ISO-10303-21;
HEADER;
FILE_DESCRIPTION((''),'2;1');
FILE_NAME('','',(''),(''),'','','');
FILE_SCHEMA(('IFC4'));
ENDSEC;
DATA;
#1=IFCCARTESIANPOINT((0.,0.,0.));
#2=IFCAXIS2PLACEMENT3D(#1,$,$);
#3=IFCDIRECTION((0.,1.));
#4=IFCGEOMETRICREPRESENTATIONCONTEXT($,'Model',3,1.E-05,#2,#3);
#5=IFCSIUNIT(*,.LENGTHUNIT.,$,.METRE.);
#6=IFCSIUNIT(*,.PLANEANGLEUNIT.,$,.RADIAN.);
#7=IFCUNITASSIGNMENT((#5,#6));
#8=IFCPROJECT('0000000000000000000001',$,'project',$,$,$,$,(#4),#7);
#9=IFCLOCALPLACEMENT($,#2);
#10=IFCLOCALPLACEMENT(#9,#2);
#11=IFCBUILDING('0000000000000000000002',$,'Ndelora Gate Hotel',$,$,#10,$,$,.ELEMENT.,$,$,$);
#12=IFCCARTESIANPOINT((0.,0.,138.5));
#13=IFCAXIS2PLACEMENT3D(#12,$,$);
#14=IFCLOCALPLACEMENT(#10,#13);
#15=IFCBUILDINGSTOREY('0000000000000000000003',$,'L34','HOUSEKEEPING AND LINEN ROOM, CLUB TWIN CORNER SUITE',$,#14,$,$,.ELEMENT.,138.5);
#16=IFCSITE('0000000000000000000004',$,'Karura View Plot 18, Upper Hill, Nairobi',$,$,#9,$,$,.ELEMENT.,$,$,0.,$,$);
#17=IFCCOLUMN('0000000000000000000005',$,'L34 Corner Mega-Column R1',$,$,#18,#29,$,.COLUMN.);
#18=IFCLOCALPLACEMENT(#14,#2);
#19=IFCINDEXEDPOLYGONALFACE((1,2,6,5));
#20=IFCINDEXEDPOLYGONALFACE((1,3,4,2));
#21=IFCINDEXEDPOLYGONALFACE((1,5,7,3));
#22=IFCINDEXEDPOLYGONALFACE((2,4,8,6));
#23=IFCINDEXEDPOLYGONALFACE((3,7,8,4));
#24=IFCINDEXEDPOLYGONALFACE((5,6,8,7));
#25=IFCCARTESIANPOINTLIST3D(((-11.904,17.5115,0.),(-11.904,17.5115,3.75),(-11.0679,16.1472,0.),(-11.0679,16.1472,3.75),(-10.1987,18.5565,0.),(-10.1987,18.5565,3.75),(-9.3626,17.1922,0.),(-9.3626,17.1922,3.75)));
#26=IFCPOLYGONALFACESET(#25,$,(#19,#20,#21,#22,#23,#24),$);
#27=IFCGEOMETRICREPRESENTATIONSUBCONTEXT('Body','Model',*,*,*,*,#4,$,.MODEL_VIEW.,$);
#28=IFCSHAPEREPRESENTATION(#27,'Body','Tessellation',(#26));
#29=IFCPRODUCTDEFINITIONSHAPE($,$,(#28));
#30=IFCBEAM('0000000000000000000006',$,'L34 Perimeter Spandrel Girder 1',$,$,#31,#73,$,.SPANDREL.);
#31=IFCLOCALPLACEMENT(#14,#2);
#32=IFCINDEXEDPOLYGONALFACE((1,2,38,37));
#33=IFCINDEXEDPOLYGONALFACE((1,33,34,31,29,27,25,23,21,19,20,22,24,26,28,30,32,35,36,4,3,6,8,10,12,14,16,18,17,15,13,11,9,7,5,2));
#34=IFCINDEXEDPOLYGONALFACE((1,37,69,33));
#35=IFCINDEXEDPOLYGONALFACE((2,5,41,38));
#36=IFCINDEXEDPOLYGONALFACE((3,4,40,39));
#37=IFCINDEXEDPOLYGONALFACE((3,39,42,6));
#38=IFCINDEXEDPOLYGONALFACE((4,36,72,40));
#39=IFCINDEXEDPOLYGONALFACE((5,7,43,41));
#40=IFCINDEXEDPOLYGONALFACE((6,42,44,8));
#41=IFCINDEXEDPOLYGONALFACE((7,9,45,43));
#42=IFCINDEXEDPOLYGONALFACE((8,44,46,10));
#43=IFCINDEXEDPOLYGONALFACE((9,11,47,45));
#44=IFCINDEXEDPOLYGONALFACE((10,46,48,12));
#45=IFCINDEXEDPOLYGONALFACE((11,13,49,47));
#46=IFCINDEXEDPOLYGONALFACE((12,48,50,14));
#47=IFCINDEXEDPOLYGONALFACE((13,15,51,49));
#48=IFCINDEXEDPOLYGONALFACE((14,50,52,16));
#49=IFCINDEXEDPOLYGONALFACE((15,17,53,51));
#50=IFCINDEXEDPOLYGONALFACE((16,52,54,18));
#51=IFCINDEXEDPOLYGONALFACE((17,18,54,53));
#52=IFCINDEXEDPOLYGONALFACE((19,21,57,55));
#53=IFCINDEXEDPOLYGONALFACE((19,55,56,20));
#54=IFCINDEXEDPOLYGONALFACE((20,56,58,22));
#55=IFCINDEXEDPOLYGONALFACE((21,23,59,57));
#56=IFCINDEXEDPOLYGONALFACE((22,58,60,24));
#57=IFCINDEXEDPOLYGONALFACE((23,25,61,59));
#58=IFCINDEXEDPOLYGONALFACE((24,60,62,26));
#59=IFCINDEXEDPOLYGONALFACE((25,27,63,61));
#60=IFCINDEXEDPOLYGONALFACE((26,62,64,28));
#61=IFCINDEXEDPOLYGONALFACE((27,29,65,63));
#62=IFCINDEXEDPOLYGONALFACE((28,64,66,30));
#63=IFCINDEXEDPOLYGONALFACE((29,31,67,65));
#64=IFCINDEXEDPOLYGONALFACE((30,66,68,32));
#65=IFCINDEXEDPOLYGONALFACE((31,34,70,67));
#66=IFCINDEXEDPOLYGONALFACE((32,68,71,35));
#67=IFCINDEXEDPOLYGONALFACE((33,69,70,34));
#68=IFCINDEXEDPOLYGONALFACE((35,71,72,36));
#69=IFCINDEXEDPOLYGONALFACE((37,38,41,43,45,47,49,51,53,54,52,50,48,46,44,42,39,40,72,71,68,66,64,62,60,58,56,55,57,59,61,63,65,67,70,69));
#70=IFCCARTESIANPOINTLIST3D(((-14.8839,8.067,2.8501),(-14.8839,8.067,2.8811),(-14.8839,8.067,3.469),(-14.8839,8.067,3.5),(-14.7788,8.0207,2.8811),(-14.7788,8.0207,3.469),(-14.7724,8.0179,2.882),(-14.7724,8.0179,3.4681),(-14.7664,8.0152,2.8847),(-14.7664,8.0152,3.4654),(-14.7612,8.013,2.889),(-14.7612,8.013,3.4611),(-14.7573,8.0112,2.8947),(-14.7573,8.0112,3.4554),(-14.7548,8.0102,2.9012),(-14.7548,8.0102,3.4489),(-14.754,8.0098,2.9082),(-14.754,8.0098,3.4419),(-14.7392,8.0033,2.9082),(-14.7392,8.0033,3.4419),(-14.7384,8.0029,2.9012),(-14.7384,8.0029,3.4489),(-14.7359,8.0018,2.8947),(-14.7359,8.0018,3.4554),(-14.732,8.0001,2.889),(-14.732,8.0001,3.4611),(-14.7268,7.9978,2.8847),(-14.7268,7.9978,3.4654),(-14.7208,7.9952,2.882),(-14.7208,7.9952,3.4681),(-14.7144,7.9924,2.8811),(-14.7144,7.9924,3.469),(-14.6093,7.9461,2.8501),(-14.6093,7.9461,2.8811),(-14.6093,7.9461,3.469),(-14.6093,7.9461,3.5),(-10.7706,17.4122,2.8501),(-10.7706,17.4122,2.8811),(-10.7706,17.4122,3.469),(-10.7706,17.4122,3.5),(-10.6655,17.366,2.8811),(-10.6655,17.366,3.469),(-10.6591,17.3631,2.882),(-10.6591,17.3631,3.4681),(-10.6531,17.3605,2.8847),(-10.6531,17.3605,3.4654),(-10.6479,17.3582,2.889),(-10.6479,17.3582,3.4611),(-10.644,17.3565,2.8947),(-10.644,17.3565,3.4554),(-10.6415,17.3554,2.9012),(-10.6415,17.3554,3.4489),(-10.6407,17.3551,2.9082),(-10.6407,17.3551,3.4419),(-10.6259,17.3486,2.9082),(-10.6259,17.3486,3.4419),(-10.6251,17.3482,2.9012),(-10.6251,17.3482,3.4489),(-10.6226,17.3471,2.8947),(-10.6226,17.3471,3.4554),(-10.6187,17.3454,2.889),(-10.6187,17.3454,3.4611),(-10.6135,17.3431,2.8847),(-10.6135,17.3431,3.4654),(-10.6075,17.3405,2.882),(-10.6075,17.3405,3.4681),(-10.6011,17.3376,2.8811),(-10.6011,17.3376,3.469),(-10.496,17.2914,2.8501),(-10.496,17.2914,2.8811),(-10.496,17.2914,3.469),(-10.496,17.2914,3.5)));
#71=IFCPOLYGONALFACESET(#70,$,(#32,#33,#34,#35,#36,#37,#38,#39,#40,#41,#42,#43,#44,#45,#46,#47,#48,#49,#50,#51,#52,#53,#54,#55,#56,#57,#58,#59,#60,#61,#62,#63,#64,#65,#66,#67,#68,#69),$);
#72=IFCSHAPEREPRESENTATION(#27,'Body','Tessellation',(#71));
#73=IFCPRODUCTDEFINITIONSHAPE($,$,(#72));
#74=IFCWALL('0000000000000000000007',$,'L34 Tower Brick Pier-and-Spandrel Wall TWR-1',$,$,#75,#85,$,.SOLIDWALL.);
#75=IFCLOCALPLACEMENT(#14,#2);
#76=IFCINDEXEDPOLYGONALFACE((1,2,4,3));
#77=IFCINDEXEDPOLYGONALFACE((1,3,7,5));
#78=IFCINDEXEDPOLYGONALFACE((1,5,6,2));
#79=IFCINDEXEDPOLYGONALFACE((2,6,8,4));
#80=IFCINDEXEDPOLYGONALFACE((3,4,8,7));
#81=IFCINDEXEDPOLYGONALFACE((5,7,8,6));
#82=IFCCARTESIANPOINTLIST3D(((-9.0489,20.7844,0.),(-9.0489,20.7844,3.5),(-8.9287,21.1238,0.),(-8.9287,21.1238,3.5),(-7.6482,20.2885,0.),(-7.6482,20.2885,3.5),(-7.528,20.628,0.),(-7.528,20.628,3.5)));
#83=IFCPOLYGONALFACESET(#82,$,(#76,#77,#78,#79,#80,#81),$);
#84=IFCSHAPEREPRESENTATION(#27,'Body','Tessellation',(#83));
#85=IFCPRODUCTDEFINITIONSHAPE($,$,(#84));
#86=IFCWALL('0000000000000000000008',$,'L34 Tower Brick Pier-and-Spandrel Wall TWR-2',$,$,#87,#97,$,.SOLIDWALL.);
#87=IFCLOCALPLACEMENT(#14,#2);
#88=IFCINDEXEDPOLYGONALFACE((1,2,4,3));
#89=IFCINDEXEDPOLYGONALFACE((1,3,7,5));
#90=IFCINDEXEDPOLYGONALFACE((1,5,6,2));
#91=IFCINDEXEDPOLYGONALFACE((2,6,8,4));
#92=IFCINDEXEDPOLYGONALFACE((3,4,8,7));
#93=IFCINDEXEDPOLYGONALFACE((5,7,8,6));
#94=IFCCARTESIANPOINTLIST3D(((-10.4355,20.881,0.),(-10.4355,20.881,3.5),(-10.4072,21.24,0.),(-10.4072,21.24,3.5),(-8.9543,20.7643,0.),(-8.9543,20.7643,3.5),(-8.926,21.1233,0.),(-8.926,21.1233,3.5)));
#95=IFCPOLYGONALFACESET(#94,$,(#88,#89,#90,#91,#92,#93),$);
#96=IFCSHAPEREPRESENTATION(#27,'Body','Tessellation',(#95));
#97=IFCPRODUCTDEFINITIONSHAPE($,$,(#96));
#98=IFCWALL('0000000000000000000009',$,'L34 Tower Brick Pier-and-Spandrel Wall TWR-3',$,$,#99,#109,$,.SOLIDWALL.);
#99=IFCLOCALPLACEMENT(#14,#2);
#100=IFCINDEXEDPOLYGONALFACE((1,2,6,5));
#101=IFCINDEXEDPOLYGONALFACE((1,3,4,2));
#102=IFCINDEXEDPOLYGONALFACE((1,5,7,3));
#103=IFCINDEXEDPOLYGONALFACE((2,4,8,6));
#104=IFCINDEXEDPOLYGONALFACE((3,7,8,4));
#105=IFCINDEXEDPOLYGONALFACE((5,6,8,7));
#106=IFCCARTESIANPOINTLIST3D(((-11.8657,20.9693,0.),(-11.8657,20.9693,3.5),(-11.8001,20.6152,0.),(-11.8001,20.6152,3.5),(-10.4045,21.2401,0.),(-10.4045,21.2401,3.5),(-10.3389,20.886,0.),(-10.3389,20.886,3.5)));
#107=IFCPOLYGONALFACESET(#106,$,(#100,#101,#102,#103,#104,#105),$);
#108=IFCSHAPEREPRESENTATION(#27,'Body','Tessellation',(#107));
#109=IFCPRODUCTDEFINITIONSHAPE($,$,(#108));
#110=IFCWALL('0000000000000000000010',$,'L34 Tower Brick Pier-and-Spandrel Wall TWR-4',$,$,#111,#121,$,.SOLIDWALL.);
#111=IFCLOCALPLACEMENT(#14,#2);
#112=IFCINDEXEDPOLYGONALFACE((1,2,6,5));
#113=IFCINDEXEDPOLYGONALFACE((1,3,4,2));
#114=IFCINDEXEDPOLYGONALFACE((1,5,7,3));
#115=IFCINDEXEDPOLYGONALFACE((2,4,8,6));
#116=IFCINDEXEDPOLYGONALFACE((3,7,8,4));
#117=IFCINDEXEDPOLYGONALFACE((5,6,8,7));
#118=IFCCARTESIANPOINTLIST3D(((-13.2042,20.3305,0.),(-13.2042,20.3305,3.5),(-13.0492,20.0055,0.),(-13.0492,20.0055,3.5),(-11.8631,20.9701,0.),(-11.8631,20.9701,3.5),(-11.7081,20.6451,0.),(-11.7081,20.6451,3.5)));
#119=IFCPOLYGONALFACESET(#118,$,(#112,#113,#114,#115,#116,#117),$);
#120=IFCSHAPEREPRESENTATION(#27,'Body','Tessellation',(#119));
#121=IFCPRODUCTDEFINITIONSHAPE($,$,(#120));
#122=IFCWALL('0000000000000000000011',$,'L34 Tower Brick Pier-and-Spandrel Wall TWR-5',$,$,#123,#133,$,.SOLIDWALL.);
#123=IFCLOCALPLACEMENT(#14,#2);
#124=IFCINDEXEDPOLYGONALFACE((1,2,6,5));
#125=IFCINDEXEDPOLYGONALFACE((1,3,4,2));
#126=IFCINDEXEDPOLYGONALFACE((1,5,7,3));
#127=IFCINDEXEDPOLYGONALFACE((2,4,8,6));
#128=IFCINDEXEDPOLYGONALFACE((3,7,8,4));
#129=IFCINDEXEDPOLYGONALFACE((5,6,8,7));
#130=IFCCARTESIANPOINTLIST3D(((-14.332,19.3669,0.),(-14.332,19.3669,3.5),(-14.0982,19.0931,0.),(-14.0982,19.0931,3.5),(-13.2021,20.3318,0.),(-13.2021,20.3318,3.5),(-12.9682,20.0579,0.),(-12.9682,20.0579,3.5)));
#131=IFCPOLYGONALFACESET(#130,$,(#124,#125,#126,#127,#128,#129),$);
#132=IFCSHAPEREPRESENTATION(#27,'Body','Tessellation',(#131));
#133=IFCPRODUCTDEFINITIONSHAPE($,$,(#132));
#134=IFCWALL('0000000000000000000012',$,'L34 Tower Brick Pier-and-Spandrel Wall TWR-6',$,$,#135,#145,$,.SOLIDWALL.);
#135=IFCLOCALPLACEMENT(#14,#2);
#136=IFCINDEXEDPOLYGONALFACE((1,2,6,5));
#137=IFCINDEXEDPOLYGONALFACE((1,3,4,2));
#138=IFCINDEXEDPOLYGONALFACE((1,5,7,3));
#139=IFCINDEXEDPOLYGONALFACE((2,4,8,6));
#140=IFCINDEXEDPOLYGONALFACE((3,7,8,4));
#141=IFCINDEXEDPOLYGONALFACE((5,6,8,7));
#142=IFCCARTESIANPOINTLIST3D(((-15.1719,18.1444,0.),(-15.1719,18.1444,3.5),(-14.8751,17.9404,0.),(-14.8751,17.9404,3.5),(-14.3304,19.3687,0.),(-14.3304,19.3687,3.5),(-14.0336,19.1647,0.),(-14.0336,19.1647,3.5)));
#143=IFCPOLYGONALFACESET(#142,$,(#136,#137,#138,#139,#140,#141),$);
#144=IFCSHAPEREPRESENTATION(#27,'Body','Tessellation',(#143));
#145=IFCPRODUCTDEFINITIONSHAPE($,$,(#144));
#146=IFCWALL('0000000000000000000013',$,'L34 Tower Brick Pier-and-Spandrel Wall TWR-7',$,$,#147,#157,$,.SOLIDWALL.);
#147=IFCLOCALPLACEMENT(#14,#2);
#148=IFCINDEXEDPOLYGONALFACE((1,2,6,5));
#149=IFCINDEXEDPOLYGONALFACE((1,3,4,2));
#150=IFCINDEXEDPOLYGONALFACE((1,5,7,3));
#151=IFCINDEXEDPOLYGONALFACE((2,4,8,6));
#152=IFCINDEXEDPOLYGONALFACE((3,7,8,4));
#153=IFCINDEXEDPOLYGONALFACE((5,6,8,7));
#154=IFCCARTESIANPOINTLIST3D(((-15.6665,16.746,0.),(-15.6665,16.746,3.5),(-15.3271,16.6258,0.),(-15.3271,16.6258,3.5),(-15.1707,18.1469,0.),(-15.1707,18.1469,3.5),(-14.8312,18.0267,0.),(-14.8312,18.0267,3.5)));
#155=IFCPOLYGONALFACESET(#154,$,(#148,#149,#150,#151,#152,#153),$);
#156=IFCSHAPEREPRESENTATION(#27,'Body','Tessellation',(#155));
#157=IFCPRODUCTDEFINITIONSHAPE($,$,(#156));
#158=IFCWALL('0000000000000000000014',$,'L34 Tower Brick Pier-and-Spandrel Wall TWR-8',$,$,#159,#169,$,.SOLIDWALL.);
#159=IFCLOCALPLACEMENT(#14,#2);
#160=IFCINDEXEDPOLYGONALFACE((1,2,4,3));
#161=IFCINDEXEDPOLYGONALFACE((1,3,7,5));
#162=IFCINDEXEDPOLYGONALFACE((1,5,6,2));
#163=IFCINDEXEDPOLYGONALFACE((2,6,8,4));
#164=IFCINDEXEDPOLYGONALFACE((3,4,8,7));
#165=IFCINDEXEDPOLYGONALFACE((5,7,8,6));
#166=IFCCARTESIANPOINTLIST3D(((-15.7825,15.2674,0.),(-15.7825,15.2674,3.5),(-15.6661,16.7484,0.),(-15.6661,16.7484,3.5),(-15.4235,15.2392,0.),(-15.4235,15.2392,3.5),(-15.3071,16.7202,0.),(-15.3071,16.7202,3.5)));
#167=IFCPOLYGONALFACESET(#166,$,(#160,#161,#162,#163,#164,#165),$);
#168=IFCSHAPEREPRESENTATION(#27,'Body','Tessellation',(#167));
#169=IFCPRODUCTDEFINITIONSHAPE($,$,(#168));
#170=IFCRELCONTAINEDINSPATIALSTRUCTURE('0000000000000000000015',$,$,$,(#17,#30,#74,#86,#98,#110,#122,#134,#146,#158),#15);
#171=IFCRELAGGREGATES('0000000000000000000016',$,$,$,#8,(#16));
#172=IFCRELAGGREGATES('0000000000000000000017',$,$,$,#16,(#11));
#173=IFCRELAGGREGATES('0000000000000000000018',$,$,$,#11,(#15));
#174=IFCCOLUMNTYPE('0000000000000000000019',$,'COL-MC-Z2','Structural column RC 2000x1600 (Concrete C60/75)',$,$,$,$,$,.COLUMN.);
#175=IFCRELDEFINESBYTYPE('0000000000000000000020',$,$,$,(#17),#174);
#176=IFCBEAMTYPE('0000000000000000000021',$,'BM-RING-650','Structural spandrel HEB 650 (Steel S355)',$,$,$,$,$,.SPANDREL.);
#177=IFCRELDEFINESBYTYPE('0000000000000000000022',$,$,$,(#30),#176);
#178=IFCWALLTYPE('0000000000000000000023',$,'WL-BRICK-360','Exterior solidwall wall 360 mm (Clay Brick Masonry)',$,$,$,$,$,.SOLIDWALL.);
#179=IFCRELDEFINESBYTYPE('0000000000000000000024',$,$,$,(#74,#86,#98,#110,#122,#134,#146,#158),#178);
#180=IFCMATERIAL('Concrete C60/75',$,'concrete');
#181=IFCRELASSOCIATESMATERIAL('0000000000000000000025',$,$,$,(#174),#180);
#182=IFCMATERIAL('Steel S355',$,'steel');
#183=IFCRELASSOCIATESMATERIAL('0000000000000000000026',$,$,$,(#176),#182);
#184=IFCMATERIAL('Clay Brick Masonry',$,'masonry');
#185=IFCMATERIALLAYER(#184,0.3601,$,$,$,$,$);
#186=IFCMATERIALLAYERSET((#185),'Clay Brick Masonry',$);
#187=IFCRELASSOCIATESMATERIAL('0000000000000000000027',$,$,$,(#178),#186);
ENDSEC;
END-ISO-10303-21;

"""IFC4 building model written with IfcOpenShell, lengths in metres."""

from ifc_helpers import new_model, si_unit, direction, frame, frame_2d, origin, origin_2d, place, context, subcontext, project, spatial, rectangle, i_section, extrude, material, layer, layer_set, material_profile, profile_set, type_object, element, save


model = new_model("IFC4")

# Units and contexts
model_context = context("Model", 3, precision=1e-05, world=origin(), true_north=direction((0.0, 1.0)))
body_context = subcontext(model_context, "Body", "Model", "MODEL_VIEW")
ifc_project = project(units=[si_unit("LENGTHUNIT", "METRE"), si_unit("PLANEANGLEUNIT", "RADIAN")], contexts=[model_context])

# Site, building, storey
site_placement = place(None, origin())
site = spatial("IfcSite", under=ifc_project, at=site_placement, Name="Karura View Plot 18, Upper Hill, Nairobi", CompositionType="ELEMENT", RefElevation=0.0)
building_placement = place(site_placement, origin())
building = spatial("IfcBuilding", under=site, at=building_placement, Name="Ndelora Gate Hotel", CompositionType="ELEMENT")
storey_placement = place(building_placement, frame((0.0, 0.0, 138.5)))
storey = spatial("IfcBuildingStorey", under=building, at=storey_placement, Name="L34", Description="HOUSEKEEPING AND LINEN ROOM, CLUB TWIN CORNER SUITE", CompositionType="ELEMENT", Elevation=138.5)

# Column
ifc_material_1 = material(Name="Concrete C60/75", Category="concrete")
ifc_material_profile_1 = material_profile(ifc_material_1, rectangle(XDim=1.6001, YDim=2.0, at=origin_2d()), Name="RC 2000x1600")
ifc_profile_set_1 = profile_set([ifc_material_profile_1], Name="Concrete C60/75")
column_type = type_object("IfcColumnType", Name="COL-MC-Z2", Description="Structural column RC 2000x1600 (Concrete C60/75)", PredefinedType="COLUMN", material=ifc_profile_set_1)
column_placement = place(storey_placement, frame((-10.6333, 17.3518, 0.0), z_axis=(0.0, 0.0, 1.0), x_axis=(-0.522499, 0.85264, 0.0)))
element("IfcColumn", 1, at=column_placement, inside=storey, type_object=column_type, Name="L34 Corner Mega-Column R1", PredefinedType="COLUMN", context=body_context, shape_type="SweptSolid", body=[
    extrude(rectangle(XDim=1.6001, YDim=2.0, at=origin_2d()), origin(), (0.0, 0.0, 1.0), 3.75),
])

# Beam
ifc_material_2 = material(Name="Steel S355", Category="steel")
ifc_material_profile_2 = material_profile(ifc_material_2, i_section(OverallWidth=0.3, OverallDepth=0.6499, WebThickness=0.0161, FlangeThickness=0.031, FilletRadius=0.0271, at=origin_2d()), Name="HEB 650")
ifc_profile_set_2 = profile_set([ifc_material_profile_2], Name="Steel S355")
beam_type = type_object("IfcBeamType", Name="BM-RING-650", Description="Structural spandrel HEB 650 (Steel S355)", PredefinedType="SPANDREL", material=ifc_profile_set_2)
beam_placement = place(storey_placement, frame((-10.6333, 17.3518, 3.175), z_axis=(-0.402852, -0.915265, 0.0), x_axis=(0.915265, -0.402852, 0.0)))
element("IfcBeam", 2, at=beam_placement, inside=storey, type_object=beam_type, Name="L34 Perimeter Spandrel Girder 1", PredefinedType="SPANDREL", context=body_context, shape_type="SweptSolid", body=[
    extrude(i_section(OverallWidth=0.3, OverallDepth=0.6499, WebThickness=0.0161, FlangeThickness=0.031, FilletRadius=0.0271, at=origin_2d()), origin(), (0.0, 0.0, 1.0), 10.2104),
])

# Walls
ifc_material_3 = material(Name="Clay Brick Masonry", Category="masonry")
ifc_layer_1 = layer(ifc_material_3, 0.3601)
ifc_layer_set_1 = layer_set([ifc_layer_1], Name="Clay Brick Masonry")
wall_type_1 = type_object("IfcWallType", Name="WL-BRICK-360", Description="Exterior solidwall wall 360 mm (Clay Brick Masonry)", PredefinedType="SOLIDWALL", material=ifc_layer_set_1)
for number, where, z_axis, x_axis, name in (
    (3, (-8.9888, 20.9541, 0.0), (0.0, 0.0, 1.0), (0.942671, -0.333722, 0.0), "L34 Tower Brick Pier-and-Spandrel Wall TWR-1"),
    (4, (-10.4214, 21.0605, 0.0), (0.0, 0.0, 1.0), (0.996911, -0.078543, 0.0), "L34 Tower Brick Pier-and-Spandrel Wall TWR-2"),
):
    element("IfcWall", number, at=place(storey_placement, frame(where, z_axis=z_axis, x_axis=x_axis)), inside=storey, type_object=wall_type_1, Name=name, PredefinedType="SOLIDWALL", context=body_context, shape_type="SweptSolid", body=[
        extrude(rectangle(XDim=1.4858, YDim=0.3601, at=frame_2d((0.7429, 0.0))), origin(), (0.0, 0.0, 1.0), 3.5),
    ])
wall_1_placement = place(storey_placement, frame((-11.833, 20.7922, 0.0), z_axis=(0.0, 0.0, 1.0), x_axis=(0.983262, 0.182195, 0.0)))
element("IfcWall", 5, at=wall_1_placement, inside=storey, type_object=wall_type_1, Name="L34 Tower Brick Pier-and-Spandrel Wall TWR-3", PredefinedType="SOLIDWALL", context=body_context, shape_type="SweptSolid", body=[
    extrude(rectangle(XDim=1.4861, YDim=0.3601, at=frame_2d((0.7432, 0.0))), origin(), (0.0, 0.0, 1.0), 3.5),
])
for number, where, z_axis, x_axis, name in (
    (6, (-13.1267, 20.168, 0.0), (0.0, 0.0, 1.0), (0.902587, 0.430508, 0.0), "L34 Tower Brick Pier-and-Spandrel Wall TWR-4"),
    (7, (-14.2151, 19.23, 0.0), (0.0, 0.0, 1.0), (0.760462, 0.649383, 0.0), "L34 Tower Brick Pier-and-Spandrel Wall TWR-5"),
):
    element("IfcWall", number, at=place(storey_placement, frame(where, z_axis=z_axis, x_axis=x_axis)), inside=storey, type_object=wall_type_1, Name=name, PredefinedType="SOLIDWALL", context=body_context, shape_type="SweptSolid", body=[
        extrude(rectangle(XDim=1.4858, YDim=0.3601, at=frame_2d((0.7429, 0.0))), origin(), (0.0, 0.0, 1.0), 3.5),
    ])
wall_2_placement = place(storey_placement, frame((-15.0234, 18.0425, 0.0), z_axis=(0.0, 0.0, 1.0), x_axis=(0.566438, 0.824104, 0.0)))
element("IfcWall", 8, at=wall_2_placement, inside=storey, type_object=wall_type_1, Name="L34 Tower Brick Pier-and-Spandrel Wall TWR-6", PredefinedType="SOLIDWALL", context=body_context, shape_type="SweptSolid", body=[
    extrude(rectangle(XDim=1.4856, YDim=0.3601, at=frame_2d((0.7427, 0.0))), origin(), (0.0, 0.0, 1.0), 3.5),
])
wall_3_placement = place(storey_placement, frame((-15.4968, 16.6858, 0.0), z_axis=(0.0, 0.0, 1.0), x_axis=(0.333671, 0.94269, 0.0)))
element("IfcWall", 9, at=wall_3_placement, inside=storey, type_object=wall_type_1, Name="L34 Tower Brick Pier-and-Spandrel Wall TWR-7", PredefinedType="SOLIDWALL", context=body_context, shape_type="SweptSolid", body=[
    extrude(rectangle(XDim=1.4861, YDim=0.3601, at=frame_2d((0.7432, 0.0))), origin(), (0.0, 0.0, 1.0), 3.5),
])
wall_4_placement = place(storey_placement, frame((-15.603, 15.2534, 0.0), z_axis=(0.0, 0.0, 1.0), x_axis=(0.078393, 0.996923, 0.0)))
element("IfcWall", 10, at=wall_4_placement, inside=storey, type_object=wall_type_1, Name="L34 Tower Brick Pier-and-Spandrel Wall TWR-8", PredefinedType="SOLIDWALL", context=body_context, shape_type="SweptSolid", body=[
    extrude(rectangle(XDim=1.4856, YDim=0.3601, at=frame_2d((0.7427, 0.0))), origin(), (0.0, 0.0, 1.0), 3.5),
])

save(model, "model.ifc")
